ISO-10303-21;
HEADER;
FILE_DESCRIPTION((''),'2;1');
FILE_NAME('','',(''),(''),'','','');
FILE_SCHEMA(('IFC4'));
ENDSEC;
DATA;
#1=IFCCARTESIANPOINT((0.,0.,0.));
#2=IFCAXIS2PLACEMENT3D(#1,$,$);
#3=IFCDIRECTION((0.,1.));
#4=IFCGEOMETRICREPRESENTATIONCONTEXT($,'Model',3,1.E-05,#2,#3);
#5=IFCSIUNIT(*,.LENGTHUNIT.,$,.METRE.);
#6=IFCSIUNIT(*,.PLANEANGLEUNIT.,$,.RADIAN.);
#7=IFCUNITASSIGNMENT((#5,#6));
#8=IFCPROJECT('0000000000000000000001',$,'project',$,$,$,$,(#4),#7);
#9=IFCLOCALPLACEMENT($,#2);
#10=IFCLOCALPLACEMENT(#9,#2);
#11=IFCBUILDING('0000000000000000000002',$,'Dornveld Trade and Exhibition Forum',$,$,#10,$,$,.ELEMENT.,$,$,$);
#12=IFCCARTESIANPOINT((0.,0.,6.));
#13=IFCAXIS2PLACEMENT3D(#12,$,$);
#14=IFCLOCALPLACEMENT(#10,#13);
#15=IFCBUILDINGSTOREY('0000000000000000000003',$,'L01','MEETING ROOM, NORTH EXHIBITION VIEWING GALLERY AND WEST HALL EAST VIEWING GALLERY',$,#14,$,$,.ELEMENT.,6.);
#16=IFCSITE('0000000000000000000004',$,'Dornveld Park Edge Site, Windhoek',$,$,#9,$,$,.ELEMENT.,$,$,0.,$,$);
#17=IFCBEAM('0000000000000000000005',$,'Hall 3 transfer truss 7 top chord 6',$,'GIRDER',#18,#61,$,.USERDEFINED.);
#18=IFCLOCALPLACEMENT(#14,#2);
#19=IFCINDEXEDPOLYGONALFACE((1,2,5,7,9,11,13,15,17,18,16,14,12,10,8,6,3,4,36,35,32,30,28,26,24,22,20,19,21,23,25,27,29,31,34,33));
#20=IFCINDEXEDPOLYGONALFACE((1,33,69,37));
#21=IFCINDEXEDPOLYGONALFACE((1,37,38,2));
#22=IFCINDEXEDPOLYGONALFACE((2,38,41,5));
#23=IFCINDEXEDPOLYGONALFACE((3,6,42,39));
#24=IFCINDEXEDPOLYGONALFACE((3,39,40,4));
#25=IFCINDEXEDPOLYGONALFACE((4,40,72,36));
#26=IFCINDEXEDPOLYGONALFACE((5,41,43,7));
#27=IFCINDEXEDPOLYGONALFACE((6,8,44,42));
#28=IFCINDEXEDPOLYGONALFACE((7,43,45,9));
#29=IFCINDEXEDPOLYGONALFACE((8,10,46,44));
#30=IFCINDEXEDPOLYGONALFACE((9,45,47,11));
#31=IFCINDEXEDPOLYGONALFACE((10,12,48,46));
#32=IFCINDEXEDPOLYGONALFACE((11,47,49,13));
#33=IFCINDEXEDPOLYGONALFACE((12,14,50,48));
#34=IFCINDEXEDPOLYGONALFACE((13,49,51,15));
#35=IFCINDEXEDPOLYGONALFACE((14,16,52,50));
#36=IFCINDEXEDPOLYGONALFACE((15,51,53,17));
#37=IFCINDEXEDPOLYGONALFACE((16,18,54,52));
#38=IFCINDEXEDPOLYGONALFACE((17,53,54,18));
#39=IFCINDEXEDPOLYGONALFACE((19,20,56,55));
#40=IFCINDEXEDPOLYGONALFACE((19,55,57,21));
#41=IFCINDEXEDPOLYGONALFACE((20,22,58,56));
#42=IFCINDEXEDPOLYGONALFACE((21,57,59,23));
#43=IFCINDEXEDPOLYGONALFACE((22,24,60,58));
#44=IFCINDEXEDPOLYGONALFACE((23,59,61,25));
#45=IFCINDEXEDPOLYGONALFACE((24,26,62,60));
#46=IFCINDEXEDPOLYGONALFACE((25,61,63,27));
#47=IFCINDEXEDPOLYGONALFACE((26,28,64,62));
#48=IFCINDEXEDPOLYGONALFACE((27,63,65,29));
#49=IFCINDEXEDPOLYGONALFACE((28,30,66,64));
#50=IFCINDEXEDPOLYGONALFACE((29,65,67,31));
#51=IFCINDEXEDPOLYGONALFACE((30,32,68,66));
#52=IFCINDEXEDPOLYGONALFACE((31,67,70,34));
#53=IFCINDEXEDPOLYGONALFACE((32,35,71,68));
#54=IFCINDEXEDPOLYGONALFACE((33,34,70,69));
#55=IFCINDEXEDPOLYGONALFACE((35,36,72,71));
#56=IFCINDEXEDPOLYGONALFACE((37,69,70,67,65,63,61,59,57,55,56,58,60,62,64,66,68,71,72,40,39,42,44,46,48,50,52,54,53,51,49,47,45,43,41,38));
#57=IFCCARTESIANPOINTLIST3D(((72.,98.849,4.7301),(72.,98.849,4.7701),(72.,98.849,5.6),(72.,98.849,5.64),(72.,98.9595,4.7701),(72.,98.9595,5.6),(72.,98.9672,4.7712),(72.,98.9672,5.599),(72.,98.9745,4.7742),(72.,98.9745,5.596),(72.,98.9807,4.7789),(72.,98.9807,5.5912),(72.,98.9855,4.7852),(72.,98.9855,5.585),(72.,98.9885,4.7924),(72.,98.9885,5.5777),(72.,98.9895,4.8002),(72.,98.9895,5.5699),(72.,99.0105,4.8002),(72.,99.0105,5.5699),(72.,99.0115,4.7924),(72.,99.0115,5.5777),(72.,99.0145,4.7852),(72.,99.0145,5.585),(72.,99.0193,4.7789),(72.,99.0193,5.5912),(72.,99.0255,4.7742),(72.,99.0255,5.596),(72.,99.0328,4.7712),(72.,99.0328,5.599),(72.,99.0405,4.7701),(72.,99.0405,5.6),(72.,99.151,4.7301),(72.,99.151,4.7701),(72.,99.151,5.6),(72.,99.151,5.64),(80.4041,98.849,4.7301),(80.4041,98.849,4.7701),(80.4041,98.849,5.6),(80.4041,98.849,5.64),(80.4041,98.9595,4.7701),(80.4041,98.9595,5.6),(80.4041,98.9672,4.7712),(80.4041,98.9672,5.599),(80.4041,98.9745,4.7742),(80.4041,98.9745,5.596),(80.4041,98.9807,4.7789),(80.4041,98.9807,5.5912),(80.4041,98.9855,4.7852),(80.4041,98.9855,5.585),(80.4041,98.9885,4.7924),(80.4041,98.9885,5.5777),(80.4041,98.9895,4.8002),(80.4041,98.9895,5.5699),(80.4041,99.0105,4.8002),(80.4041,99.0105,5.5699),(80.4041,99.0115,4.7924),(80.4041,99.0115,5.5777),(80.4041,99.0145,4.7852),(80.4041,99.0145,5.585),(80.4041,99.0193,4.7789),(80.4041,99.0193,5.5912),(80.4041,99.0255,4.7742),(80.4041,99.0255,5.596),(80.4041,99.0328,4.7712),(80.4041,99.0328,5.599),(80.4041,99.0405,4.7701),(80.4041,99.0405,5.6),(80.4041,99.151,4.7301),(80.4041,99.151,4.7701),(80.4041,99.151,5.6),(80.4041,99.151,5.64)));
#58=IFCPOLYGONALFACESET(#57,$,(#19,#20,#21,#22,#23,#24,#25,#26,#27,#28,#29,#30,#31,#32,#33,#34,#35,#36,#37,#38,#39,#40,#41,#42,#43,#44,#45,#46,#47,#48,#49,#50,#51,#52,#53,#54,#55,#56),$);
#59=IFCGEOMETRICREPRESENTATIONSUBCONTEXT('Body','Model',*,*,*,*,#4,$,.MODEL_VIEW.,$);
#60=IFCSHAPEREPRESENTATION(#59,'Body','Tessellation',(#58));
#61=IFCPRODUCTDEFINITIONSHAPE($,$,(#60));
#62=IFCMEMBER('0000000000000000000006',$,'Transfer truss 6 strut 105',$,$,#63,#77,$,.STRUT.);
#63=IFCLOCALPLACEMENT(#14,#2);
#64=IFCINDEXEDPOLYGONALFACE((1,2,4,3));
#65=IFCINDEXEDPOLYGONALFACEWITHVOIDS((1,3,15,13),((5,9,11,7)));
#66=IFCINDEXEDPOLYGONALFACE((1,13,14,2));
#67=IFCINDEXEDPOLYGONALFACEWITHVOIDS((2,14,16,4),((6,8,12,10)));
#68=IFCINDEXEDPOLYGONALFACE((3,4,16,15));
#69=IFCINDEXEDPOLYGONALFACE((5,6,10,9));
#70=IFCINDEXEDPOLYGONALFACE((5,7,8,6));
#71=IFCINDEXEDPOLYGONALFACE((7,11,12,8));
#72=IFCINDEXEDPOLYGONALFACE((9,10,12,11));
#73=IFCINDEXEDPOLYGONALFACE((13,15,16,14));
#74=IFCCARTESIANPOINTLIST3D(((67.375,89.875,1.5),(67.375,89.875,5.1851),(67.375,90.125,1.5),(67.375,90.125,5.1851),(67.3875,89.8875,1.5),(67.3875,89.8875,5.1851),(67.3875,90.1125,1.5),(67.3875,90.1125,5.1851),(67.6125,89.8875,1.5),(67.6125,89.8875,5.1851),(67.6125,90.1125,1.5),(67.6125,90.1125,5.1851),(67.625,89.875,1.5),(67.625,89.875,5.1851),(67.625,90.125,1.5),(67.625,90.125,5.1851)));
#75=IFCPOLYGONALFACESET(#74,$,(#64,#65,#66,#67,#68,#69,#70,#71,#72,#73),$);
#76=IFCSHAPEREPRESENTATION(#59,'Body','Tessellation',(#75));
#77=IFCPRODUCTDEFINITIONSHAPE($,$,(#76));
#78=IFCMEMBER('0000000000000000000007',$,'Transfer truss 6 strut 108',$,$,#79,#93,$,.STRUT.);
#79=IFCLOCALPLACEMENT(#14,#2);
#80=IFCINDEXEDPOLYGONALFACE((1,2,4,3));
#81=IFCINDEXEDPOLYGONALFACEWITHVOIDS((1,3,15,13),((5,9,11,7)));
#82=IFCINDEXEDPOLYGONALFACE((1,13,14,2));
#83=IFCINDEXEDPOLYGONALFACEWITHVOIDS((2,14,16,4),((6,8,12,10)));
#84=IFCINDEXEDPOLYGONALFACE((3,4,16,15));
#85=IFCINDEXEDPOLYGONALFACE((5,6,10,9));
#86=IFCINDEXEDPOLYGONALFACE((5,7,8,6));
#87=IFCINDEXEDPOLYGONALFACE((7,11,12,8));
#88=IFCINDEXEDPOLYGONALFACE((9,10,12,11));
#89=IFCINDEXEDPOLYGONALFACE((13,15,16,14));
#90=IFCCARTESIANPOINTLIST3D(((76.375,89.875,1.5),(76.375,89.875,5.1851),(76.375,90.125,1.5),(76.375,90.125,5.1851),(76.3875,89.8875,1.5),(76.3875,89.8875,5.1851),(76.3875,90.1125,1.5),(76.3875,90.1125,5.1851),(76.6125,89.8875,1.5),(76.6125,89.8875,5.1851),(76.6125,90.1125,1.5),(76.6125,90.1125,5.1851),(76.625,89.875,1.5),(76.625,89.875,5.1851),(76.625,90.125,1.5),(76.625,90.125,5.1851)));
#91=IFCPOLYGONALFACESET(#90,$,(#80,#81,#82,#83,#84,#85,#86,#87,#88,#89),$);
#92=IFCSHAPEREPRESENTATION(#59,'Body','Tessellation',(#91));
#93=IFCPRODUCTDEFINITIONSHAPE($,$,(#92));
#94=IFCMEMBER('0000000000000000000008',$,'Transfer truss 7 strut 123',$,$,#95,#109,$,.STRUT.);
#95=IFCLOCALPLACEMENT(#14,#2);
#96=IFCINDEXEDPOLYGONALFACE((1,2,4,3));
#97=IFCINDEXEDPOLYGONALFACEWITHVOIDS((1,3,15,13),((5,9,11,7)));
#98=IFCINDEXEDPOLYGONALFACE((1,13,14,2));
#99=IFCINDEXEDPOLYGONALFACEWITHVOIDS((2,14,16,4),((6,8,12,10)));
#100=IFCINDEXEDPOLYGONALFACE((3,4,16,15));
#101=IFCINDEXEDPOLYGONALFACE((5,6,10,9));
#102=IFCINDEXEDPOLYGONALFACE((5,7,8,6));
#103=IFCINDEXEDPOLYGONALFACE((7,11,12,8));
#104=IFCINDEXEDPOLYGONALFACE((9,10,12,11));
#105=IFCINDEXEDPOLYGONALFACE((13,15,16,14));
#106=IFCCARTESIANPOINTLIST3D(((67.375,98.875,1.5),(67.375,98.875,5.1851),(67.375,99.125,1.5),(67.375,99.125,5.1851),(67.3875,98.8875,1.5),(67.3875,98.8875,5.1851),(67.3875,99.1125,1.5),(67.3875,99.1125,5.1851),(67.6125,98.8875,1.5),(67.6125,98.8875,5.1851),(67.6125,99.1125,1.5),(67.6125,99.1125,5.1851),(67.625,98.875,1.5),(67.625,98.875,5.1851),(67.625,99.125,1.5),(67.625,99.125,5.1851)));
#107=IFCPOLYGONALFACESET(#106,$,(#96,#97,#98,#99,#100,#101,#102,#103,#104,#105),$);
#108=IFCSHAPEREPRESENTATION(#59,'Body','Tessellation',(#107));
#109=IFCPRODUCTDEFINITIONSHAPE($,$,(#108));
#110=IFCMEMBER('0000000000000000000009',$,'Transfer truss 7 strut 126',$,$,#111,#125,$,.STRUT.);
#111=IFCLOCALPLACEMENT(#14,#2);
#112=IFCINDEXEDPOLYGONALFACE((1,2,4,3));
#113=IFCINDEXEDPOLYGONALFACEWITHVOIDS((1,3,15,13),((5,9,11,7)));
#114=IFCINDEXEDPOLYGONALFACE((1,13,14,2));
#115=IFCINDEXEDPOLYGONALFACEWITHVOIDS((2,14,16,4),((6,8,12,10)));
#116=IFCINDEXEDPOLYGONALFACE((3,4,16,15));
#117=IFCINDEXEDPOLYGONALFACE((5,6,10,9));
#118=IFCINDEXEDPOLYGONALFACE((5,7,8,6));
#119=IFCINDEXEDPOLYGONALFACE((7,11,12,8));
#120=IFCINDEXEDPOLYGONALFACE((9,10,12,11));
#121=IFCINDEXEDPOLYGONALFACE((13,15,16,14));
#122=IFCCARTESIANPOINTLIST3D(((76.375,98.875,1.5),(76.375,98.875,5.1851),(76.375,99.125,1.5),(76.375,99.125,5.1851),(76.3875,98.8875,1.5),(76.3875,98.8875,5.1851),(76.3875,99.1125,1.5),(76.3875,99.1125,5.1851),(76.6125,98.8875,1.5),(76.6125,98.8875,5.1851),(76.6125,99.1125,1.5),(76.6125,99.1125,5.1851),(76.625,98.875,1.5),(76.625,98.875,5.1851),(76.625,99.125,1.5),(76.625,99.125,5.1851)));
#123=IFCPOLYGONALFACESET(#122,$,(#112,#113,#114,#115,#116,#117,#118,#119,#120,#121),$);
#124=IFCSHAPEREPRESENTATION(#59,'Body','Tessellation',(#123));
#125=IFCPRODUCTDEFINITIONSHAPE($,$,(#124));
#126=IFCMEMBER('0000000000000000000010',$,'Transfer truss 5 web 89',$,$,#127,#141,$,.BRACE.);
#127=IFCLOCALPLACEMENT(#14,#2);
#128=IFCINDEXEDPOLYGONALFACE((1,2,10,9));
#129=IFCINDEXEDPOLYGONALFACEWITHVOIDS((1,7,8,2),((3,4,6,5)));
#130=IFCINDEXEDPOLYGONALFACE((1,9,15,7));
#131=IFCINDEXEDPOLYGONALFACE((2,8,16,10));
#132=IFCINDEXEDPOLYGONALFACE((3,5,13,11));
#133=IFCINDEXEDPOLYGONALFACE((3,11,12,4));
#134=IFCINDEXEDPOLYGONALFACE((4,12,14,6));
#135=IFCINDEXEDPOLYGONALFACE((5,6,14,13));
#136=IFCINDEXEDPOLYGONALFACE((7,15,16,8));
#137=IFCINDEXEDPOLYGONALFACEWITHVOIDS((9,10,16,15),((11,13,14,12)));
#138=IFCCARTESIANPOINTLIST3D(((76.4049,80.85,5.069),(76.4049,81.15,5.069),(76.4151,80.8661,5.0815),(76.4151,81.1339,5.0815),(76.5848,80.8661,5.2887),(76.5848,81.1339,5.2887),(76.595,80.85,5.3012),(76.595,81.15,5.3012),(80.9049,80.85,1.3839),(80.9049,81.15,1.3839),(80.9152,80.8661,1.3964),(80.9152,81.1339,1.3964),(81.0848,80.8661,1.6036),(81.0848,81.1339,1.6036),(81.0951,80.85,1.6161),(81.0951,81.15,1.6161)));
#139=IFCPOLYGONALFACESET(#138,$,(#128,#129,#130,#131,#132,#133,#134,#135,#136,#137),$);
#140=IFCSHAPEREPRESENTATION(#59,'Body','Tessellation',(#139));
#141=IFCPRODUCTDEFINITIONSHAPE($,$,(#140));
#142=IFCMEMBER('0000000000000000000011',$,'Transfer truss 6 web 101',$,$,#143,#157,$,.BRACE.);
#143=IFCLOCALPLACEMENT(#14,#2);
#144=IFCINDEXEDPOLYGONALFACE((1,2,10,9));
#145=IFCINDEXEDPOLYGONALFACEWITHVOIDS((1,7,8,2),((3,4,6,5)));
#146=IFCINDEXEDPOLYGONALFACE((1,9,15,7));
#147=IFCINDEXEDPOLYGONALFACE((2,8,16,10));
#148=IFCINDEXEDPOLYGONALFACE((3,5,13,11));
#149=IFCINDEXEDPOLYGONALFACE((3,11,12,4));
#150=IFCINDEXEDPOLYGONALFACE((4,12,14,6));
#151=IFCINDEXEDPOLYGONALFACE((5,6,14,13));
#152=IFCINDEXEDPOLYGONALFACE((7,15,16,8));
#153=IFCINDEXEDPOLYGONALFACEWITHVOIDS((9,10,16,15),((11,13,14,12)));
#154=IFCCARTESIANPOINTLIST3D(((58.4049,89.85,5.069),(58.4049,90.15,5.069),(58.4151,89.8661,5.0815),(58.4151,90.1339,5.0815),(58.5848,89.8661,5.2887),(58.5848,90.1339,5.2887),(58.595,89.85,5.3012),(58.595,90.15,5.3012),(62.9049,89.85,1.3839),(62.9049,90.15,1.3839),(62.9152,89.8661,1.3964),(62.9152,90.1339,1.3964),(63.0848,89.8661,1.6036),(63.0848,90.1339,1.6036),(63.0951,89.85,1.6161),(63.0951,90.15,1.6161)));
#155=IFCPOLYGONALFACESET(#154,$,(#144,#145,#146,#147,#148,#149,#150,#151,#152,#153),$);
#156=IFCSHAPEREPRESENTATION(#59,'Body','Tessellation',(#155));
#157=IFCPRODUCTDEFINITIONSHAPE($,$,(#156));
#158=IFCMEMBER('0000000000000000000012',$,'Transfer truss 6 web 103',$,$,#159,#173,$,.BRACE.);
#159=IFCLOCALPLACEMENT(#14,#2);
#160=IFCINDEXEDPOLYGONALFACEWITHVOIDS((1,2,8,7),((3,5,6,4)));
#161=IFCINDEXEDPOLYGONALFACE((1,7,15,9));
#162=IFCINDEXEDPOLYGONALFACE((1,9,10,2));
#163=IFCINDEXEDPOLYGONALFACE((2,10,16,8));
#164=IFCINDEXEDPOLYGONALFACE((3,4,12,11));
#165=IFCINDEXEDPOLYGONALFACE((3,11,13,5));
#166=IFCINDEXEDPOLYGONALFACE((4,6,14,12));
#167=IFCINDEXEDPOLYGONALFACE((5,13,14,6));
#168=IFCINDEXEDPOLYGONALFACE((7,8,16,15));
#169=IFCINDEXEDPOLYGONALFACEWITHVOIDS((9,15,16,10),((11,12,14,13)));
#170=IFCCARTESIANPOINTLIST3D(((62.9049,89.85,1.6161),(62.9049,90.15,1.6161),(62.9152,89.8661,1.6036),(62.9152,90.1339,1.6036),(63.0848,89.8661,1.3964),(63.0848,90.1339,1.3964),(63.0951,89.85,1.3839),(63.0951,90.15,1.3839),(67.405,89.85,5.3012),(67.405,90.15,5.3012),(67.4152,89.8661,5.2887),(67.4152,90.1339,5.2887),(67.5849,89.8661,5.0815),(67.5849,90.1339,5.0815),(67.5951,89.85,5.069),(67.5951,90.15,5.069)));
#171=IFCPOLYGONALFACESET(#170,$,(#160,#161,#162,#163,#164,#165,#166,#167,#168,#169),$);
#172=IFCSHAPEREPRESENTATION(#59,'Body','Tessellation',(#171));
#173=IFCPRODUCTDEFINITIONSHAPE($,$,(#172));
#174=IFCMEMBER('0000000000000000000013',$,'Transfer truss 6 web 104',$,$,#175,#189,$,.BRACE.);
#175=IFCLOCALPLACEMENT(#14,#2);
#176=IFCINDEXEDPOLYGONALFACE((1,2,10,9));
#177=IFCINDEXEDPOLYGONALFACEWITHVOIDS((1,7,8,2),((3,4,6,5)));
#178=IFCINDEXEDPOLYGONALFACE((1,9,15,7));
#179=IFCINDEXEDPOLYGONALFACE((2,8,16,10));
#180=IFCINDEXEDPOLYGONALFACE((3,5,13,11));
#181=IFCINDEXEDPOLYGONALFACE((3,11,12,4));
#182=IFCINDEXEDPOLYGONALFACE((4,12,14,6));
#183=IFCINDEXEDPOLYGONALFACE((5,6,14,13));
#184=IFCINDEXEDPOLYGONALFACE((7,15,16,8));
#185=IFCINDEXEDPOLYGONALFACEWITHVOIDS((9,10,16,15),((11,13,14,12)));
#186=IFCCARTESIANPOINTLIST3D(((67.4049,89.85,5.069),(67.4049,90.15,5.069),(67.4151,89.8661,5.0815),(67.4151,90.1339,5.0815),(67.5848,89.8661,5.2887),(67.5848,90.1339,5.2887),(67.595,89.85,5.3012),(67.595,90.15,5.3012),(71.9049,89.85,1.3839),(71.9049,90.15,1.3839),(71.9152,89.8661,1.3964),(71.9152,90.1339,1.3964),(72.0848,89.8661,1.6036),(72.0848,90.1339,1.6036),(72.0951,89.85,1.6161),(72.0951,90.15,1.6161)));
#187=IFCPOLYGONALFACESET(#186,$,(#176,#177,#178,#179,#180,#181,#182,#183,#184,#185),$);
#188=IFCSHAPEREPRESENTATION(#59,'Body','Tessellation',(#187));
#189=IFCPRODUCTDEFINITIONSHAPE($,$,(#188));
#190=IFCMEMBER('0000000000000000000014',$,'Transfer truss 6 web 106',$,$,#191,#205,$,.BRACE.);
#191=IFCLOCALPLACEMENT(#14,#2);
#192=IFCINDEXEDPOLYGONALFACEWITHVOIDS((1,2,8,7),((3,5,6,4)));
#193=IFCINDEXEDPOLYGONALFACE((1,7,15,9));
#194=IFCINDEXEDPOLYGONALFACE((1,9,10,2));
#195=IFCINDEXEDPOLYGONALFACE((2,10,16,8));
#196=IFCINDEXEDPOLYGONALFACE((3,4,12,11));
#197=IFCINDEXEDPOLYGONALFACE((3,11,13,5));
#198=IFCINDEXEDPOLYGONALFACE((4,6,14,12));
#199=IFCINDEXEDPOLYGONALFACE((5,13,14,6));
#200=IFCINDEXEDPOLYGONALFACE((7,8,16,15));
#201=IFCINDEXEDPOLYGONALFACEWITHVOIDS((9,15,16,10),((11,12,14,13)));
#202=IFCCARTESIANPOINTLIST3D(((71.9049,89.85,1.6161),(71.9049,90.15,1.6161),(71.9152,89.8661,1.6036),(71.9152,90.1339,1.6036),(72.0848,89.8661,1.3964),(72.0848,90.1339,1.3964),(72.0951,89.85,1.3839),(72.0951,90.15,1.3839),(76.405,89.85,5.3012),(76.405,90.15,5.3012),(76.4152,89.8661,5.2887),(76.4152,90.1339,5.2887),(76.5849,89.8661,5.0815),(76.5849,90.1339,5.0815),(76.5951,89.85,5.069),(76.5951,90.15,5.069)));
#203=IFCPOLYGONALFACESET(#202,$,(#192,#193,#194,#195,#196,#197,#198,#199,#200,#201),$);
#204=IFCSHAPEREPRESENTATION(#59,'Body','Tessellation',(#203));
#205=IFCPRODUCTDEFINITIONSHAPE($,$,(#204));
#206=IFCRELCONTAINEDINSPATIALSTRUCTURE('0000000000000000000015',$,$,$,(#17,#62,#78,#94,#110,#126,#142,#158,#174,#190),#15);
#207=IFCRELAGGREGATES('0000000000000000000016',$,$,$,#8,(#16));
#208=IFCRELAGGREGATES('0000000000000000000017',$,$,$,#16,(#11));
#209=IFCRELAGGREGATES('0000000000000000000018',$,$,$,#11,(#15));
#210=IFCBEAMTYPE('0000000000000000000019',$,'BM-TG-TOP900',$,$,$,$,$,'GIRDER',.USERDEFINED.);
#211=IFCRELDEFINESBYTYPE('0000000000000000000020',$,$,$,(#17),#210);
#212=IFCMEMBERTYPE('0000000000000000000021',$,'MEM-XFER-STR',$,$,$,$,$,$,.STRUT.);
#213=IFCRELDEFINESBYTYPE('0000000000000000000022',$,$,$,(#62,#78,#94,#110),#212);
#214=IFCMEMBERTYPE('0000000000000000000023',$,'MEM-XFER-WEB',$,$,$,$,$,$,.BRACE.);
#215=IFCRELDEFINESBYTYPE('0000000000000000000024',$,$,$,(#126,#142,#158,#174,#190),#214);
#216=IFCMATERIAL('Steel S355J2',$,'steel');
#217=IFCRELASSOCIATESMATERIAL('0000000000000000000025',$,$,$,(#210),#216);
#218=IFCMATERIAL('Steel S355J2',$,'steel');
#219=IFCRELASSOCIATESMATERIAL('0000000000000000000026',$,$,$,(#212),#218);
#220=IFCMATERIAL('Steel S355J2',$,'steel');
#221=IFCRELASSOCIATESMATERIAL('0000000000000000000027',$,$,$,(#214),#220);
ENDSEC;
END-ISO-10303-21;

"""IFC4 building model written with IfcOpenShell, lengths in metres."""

from ifc_helpers import new_model, si_unit, direction, frame, origin, origin_2d, place, context, subcontext, project, spatial, hollow_rectangle, i_section, extrude, material, material_profile, profile_set, type_object, element, save


model = new_model("IFC4")

# Units and contexts
model_context = context("Model", 3, precision=1e-05, world=origin(), true_north=direction((0.0, 1.0)))
body_context = subcontext(model_context, "Body", "Model", "MODEL_VIEW")
ifc_project = project(units=[si_unit("LENGTHUNIT", "METRE"), si_unit("PLANEANGLEUNIT", "RADIAN")], contexts=[model_context])

# Site, building, storey
site_placement = place(None, origin())
site = spatial("IfcSite", under=ifc_project, at=site_placement, Name="Dornveld Park Edge Site, Windhoek", CompositionType="ELEMENT", RefElevation=0.0)
building_placement = place(site_placement, origin())
building = spatial("IfcBuilding", under=site, at=building_placement, Name="Dornveld Trade and Exhibition Forum", CompositionType="ELEMENT")
storey_placement = place(building_placement, frame((0.0, 0.0, 6.0)))
storey = spatial("IfcBuildingStorey", under=building, at=storey_placement, Name="L01", Description="MEETING ROOM, NORTH EXHIBITION VIEWING GALLERY AND WEST HALL EAST VIEWING GALLERY", CompositionType="ELEMENT", Elevation=6.0)

# Beam
ifc_material_1 = material(Name="Steel S355J2", Category="steel")
ifc_material_profile_1 = material_profile(ifc_material_1, i_section(OverallWidth=0.302, OverallDepth=0.9099, WebThickness=0.021, FlangeThickness=0.04, FilletRadius=0.03, at=origin_2d()), Name="HEM 900")
ifc_profile_set_1 = profile_set([ifc_material_profile_1], Name="Steel S355J2")
beam_type_1 = type_object("IfcBeamType", Name="BM-TG-TOP900", ElementType="GIRDER", PredefinedType="USERDEFINED", material=ifc_profile_set_1)
beam_1_placement = place(storey_placement, frame((72.0, 99.0, 5.1851), z_axis=(1.0, 0.0, 0.0), x_axis=(0.0, 1.0, 0.0)))
element("IfcBeam", 1, at=beam_1_placement, inside=storey, type_object=beam_type_1, Name="Hall 3 transfer truss 7 top chord 6", ObjectType="GIRDER", PredefinedType="USERDEFINED", context=body_context, shape_type="SweptSolid", body=[
    extrude(i_section(OverallWidth=0.302, OverallDepth=0.9099, WebThickness=0.021, FlangeThickness=0.04, FilletRadius=0.03, at=origin_2d()), origin(), (0.0, 0.0, 1.0), 8.4041),
])

# Members
ifc_material_2 = material(Name="Steel S355J2", Category="steel")
ifc_material_profile_2 = material_profile(ifc_material_2, hollow_rectangle(XDim=0.25, YDim=0.25, WallThickness=0.0125, at=origin_2d()), Name="SHS 250x250x12.5")
ifc_profile_set_2 = profile_set([ifc_material_profile_2], Name="Steel S355J2")
member_type_1 = type_object("IfcMemberType", Name="MEM-XFER-STR", PredefinedType="STRUT", material=ifc_profile_set_2)
for number, where, z_axis, x_axis, name in (
    (2, (67.5, 90.0, 1.5), (0.0, 0.0, 1.0), (1.0, 0.0, 0.0), "Transfer truss 6 strut 105"),
    (3, (76.5, 90.0, 1.5), (0.0, 0.0, 1.0), (1.0, 0.0, 0.0), "Transfer truss 6 strut 108"),
    (4, (67.5, 99.0, 1.5), (0.0, 0.0, 1.0), (1.0, 0.0, 0.0), "Transfer truss 7 strut 123"),
    (5, (76.5, 99.0, 1.5), (0.0, 0.0, 1.0), (1.0, 0.0, 0.0), "Transfer truss 7 strut 126"),
):
    element("IfcMember", number, at=place(storey_placement, frame(where, z_axis=z_axis, x_axis=x_axis)), inside=storey, type_object=member_type_1, Name=name, PredefinedType="STRUT", context=body_context, shape_type="SweptSolid", body=[
        extrude(hollow_rectangle(XDim=0.25, YDim=0.25, WallThickness=0.0125, at=origin_2d()), origin(), (0.0, 0.0, 1.0), 3.6851),
    ])
ifc_material_3 = material(Name="Steel S355J2", Category="steel")
ifc_material_profile_3 = material_profile(ifc_material_3, hollow_rectangle(XDim=0.3, YDim=0.3, WallThickness=0.0161, at=origin_2d()), Name="SHS 300x300x16")
ifc_profile_set_3 = profile_set([ifc_material_profile_3], Name="Steel S355J2")
member_type_2 = type_object("IfcMemberType", Name="MEM-XFER-WEB", PredefinedType="BRACE", material=ifc_profile_set_3)
for number, where, z_axis, x_axis, name in (
    (6, (81.0, 81.0, 1.5), (-0.773684, 0.0, 0.633571), (0.0, -1.0, 0.0), "Transfer truss 5 web 89"),
    (7, (63.0, 90.0, 1.5), (-0.773684, 0.0, 0.633571), (0.0, -1.0, 0.0), "Transfer truss 6 web 101"),
    (8, (63.0, 90.0, 1.5), (0.773684, 0.0, 0.633571), (0.0, 1.0, 0.0), "Transfer truss 6 web 103"),
    (9, (72.0, 90.0, 1.5), (-0.773684, 0.0, 0.633571), (0.0, -1.0, 0.0), "Transfer truss 6 web 104"),
    (10, (72.0, 90.0, 1.5), (0.773684, 0.0, 0.633571), (0.0, 1.0, 0.0), "Transfer truss 6 web 106"),
):
    element("IfcMember", number, at=place(storey_placement, frame(where, z_axis=z_axis, x_axis=x_axis)), inside=storey, type_object=member_type_2, Name=name, PredefinedType="BRACE", context=body_context, shape_type="SweptSolid", body=[
        extrude(hollow_rectangle(XDim=0.3, YDim=0.3, WallThickness=0.0161, at=origin_2d()), origin(), (0.0, 0.0, 1.0), 5.8164),
    ])

save(model, "model.ifc")
